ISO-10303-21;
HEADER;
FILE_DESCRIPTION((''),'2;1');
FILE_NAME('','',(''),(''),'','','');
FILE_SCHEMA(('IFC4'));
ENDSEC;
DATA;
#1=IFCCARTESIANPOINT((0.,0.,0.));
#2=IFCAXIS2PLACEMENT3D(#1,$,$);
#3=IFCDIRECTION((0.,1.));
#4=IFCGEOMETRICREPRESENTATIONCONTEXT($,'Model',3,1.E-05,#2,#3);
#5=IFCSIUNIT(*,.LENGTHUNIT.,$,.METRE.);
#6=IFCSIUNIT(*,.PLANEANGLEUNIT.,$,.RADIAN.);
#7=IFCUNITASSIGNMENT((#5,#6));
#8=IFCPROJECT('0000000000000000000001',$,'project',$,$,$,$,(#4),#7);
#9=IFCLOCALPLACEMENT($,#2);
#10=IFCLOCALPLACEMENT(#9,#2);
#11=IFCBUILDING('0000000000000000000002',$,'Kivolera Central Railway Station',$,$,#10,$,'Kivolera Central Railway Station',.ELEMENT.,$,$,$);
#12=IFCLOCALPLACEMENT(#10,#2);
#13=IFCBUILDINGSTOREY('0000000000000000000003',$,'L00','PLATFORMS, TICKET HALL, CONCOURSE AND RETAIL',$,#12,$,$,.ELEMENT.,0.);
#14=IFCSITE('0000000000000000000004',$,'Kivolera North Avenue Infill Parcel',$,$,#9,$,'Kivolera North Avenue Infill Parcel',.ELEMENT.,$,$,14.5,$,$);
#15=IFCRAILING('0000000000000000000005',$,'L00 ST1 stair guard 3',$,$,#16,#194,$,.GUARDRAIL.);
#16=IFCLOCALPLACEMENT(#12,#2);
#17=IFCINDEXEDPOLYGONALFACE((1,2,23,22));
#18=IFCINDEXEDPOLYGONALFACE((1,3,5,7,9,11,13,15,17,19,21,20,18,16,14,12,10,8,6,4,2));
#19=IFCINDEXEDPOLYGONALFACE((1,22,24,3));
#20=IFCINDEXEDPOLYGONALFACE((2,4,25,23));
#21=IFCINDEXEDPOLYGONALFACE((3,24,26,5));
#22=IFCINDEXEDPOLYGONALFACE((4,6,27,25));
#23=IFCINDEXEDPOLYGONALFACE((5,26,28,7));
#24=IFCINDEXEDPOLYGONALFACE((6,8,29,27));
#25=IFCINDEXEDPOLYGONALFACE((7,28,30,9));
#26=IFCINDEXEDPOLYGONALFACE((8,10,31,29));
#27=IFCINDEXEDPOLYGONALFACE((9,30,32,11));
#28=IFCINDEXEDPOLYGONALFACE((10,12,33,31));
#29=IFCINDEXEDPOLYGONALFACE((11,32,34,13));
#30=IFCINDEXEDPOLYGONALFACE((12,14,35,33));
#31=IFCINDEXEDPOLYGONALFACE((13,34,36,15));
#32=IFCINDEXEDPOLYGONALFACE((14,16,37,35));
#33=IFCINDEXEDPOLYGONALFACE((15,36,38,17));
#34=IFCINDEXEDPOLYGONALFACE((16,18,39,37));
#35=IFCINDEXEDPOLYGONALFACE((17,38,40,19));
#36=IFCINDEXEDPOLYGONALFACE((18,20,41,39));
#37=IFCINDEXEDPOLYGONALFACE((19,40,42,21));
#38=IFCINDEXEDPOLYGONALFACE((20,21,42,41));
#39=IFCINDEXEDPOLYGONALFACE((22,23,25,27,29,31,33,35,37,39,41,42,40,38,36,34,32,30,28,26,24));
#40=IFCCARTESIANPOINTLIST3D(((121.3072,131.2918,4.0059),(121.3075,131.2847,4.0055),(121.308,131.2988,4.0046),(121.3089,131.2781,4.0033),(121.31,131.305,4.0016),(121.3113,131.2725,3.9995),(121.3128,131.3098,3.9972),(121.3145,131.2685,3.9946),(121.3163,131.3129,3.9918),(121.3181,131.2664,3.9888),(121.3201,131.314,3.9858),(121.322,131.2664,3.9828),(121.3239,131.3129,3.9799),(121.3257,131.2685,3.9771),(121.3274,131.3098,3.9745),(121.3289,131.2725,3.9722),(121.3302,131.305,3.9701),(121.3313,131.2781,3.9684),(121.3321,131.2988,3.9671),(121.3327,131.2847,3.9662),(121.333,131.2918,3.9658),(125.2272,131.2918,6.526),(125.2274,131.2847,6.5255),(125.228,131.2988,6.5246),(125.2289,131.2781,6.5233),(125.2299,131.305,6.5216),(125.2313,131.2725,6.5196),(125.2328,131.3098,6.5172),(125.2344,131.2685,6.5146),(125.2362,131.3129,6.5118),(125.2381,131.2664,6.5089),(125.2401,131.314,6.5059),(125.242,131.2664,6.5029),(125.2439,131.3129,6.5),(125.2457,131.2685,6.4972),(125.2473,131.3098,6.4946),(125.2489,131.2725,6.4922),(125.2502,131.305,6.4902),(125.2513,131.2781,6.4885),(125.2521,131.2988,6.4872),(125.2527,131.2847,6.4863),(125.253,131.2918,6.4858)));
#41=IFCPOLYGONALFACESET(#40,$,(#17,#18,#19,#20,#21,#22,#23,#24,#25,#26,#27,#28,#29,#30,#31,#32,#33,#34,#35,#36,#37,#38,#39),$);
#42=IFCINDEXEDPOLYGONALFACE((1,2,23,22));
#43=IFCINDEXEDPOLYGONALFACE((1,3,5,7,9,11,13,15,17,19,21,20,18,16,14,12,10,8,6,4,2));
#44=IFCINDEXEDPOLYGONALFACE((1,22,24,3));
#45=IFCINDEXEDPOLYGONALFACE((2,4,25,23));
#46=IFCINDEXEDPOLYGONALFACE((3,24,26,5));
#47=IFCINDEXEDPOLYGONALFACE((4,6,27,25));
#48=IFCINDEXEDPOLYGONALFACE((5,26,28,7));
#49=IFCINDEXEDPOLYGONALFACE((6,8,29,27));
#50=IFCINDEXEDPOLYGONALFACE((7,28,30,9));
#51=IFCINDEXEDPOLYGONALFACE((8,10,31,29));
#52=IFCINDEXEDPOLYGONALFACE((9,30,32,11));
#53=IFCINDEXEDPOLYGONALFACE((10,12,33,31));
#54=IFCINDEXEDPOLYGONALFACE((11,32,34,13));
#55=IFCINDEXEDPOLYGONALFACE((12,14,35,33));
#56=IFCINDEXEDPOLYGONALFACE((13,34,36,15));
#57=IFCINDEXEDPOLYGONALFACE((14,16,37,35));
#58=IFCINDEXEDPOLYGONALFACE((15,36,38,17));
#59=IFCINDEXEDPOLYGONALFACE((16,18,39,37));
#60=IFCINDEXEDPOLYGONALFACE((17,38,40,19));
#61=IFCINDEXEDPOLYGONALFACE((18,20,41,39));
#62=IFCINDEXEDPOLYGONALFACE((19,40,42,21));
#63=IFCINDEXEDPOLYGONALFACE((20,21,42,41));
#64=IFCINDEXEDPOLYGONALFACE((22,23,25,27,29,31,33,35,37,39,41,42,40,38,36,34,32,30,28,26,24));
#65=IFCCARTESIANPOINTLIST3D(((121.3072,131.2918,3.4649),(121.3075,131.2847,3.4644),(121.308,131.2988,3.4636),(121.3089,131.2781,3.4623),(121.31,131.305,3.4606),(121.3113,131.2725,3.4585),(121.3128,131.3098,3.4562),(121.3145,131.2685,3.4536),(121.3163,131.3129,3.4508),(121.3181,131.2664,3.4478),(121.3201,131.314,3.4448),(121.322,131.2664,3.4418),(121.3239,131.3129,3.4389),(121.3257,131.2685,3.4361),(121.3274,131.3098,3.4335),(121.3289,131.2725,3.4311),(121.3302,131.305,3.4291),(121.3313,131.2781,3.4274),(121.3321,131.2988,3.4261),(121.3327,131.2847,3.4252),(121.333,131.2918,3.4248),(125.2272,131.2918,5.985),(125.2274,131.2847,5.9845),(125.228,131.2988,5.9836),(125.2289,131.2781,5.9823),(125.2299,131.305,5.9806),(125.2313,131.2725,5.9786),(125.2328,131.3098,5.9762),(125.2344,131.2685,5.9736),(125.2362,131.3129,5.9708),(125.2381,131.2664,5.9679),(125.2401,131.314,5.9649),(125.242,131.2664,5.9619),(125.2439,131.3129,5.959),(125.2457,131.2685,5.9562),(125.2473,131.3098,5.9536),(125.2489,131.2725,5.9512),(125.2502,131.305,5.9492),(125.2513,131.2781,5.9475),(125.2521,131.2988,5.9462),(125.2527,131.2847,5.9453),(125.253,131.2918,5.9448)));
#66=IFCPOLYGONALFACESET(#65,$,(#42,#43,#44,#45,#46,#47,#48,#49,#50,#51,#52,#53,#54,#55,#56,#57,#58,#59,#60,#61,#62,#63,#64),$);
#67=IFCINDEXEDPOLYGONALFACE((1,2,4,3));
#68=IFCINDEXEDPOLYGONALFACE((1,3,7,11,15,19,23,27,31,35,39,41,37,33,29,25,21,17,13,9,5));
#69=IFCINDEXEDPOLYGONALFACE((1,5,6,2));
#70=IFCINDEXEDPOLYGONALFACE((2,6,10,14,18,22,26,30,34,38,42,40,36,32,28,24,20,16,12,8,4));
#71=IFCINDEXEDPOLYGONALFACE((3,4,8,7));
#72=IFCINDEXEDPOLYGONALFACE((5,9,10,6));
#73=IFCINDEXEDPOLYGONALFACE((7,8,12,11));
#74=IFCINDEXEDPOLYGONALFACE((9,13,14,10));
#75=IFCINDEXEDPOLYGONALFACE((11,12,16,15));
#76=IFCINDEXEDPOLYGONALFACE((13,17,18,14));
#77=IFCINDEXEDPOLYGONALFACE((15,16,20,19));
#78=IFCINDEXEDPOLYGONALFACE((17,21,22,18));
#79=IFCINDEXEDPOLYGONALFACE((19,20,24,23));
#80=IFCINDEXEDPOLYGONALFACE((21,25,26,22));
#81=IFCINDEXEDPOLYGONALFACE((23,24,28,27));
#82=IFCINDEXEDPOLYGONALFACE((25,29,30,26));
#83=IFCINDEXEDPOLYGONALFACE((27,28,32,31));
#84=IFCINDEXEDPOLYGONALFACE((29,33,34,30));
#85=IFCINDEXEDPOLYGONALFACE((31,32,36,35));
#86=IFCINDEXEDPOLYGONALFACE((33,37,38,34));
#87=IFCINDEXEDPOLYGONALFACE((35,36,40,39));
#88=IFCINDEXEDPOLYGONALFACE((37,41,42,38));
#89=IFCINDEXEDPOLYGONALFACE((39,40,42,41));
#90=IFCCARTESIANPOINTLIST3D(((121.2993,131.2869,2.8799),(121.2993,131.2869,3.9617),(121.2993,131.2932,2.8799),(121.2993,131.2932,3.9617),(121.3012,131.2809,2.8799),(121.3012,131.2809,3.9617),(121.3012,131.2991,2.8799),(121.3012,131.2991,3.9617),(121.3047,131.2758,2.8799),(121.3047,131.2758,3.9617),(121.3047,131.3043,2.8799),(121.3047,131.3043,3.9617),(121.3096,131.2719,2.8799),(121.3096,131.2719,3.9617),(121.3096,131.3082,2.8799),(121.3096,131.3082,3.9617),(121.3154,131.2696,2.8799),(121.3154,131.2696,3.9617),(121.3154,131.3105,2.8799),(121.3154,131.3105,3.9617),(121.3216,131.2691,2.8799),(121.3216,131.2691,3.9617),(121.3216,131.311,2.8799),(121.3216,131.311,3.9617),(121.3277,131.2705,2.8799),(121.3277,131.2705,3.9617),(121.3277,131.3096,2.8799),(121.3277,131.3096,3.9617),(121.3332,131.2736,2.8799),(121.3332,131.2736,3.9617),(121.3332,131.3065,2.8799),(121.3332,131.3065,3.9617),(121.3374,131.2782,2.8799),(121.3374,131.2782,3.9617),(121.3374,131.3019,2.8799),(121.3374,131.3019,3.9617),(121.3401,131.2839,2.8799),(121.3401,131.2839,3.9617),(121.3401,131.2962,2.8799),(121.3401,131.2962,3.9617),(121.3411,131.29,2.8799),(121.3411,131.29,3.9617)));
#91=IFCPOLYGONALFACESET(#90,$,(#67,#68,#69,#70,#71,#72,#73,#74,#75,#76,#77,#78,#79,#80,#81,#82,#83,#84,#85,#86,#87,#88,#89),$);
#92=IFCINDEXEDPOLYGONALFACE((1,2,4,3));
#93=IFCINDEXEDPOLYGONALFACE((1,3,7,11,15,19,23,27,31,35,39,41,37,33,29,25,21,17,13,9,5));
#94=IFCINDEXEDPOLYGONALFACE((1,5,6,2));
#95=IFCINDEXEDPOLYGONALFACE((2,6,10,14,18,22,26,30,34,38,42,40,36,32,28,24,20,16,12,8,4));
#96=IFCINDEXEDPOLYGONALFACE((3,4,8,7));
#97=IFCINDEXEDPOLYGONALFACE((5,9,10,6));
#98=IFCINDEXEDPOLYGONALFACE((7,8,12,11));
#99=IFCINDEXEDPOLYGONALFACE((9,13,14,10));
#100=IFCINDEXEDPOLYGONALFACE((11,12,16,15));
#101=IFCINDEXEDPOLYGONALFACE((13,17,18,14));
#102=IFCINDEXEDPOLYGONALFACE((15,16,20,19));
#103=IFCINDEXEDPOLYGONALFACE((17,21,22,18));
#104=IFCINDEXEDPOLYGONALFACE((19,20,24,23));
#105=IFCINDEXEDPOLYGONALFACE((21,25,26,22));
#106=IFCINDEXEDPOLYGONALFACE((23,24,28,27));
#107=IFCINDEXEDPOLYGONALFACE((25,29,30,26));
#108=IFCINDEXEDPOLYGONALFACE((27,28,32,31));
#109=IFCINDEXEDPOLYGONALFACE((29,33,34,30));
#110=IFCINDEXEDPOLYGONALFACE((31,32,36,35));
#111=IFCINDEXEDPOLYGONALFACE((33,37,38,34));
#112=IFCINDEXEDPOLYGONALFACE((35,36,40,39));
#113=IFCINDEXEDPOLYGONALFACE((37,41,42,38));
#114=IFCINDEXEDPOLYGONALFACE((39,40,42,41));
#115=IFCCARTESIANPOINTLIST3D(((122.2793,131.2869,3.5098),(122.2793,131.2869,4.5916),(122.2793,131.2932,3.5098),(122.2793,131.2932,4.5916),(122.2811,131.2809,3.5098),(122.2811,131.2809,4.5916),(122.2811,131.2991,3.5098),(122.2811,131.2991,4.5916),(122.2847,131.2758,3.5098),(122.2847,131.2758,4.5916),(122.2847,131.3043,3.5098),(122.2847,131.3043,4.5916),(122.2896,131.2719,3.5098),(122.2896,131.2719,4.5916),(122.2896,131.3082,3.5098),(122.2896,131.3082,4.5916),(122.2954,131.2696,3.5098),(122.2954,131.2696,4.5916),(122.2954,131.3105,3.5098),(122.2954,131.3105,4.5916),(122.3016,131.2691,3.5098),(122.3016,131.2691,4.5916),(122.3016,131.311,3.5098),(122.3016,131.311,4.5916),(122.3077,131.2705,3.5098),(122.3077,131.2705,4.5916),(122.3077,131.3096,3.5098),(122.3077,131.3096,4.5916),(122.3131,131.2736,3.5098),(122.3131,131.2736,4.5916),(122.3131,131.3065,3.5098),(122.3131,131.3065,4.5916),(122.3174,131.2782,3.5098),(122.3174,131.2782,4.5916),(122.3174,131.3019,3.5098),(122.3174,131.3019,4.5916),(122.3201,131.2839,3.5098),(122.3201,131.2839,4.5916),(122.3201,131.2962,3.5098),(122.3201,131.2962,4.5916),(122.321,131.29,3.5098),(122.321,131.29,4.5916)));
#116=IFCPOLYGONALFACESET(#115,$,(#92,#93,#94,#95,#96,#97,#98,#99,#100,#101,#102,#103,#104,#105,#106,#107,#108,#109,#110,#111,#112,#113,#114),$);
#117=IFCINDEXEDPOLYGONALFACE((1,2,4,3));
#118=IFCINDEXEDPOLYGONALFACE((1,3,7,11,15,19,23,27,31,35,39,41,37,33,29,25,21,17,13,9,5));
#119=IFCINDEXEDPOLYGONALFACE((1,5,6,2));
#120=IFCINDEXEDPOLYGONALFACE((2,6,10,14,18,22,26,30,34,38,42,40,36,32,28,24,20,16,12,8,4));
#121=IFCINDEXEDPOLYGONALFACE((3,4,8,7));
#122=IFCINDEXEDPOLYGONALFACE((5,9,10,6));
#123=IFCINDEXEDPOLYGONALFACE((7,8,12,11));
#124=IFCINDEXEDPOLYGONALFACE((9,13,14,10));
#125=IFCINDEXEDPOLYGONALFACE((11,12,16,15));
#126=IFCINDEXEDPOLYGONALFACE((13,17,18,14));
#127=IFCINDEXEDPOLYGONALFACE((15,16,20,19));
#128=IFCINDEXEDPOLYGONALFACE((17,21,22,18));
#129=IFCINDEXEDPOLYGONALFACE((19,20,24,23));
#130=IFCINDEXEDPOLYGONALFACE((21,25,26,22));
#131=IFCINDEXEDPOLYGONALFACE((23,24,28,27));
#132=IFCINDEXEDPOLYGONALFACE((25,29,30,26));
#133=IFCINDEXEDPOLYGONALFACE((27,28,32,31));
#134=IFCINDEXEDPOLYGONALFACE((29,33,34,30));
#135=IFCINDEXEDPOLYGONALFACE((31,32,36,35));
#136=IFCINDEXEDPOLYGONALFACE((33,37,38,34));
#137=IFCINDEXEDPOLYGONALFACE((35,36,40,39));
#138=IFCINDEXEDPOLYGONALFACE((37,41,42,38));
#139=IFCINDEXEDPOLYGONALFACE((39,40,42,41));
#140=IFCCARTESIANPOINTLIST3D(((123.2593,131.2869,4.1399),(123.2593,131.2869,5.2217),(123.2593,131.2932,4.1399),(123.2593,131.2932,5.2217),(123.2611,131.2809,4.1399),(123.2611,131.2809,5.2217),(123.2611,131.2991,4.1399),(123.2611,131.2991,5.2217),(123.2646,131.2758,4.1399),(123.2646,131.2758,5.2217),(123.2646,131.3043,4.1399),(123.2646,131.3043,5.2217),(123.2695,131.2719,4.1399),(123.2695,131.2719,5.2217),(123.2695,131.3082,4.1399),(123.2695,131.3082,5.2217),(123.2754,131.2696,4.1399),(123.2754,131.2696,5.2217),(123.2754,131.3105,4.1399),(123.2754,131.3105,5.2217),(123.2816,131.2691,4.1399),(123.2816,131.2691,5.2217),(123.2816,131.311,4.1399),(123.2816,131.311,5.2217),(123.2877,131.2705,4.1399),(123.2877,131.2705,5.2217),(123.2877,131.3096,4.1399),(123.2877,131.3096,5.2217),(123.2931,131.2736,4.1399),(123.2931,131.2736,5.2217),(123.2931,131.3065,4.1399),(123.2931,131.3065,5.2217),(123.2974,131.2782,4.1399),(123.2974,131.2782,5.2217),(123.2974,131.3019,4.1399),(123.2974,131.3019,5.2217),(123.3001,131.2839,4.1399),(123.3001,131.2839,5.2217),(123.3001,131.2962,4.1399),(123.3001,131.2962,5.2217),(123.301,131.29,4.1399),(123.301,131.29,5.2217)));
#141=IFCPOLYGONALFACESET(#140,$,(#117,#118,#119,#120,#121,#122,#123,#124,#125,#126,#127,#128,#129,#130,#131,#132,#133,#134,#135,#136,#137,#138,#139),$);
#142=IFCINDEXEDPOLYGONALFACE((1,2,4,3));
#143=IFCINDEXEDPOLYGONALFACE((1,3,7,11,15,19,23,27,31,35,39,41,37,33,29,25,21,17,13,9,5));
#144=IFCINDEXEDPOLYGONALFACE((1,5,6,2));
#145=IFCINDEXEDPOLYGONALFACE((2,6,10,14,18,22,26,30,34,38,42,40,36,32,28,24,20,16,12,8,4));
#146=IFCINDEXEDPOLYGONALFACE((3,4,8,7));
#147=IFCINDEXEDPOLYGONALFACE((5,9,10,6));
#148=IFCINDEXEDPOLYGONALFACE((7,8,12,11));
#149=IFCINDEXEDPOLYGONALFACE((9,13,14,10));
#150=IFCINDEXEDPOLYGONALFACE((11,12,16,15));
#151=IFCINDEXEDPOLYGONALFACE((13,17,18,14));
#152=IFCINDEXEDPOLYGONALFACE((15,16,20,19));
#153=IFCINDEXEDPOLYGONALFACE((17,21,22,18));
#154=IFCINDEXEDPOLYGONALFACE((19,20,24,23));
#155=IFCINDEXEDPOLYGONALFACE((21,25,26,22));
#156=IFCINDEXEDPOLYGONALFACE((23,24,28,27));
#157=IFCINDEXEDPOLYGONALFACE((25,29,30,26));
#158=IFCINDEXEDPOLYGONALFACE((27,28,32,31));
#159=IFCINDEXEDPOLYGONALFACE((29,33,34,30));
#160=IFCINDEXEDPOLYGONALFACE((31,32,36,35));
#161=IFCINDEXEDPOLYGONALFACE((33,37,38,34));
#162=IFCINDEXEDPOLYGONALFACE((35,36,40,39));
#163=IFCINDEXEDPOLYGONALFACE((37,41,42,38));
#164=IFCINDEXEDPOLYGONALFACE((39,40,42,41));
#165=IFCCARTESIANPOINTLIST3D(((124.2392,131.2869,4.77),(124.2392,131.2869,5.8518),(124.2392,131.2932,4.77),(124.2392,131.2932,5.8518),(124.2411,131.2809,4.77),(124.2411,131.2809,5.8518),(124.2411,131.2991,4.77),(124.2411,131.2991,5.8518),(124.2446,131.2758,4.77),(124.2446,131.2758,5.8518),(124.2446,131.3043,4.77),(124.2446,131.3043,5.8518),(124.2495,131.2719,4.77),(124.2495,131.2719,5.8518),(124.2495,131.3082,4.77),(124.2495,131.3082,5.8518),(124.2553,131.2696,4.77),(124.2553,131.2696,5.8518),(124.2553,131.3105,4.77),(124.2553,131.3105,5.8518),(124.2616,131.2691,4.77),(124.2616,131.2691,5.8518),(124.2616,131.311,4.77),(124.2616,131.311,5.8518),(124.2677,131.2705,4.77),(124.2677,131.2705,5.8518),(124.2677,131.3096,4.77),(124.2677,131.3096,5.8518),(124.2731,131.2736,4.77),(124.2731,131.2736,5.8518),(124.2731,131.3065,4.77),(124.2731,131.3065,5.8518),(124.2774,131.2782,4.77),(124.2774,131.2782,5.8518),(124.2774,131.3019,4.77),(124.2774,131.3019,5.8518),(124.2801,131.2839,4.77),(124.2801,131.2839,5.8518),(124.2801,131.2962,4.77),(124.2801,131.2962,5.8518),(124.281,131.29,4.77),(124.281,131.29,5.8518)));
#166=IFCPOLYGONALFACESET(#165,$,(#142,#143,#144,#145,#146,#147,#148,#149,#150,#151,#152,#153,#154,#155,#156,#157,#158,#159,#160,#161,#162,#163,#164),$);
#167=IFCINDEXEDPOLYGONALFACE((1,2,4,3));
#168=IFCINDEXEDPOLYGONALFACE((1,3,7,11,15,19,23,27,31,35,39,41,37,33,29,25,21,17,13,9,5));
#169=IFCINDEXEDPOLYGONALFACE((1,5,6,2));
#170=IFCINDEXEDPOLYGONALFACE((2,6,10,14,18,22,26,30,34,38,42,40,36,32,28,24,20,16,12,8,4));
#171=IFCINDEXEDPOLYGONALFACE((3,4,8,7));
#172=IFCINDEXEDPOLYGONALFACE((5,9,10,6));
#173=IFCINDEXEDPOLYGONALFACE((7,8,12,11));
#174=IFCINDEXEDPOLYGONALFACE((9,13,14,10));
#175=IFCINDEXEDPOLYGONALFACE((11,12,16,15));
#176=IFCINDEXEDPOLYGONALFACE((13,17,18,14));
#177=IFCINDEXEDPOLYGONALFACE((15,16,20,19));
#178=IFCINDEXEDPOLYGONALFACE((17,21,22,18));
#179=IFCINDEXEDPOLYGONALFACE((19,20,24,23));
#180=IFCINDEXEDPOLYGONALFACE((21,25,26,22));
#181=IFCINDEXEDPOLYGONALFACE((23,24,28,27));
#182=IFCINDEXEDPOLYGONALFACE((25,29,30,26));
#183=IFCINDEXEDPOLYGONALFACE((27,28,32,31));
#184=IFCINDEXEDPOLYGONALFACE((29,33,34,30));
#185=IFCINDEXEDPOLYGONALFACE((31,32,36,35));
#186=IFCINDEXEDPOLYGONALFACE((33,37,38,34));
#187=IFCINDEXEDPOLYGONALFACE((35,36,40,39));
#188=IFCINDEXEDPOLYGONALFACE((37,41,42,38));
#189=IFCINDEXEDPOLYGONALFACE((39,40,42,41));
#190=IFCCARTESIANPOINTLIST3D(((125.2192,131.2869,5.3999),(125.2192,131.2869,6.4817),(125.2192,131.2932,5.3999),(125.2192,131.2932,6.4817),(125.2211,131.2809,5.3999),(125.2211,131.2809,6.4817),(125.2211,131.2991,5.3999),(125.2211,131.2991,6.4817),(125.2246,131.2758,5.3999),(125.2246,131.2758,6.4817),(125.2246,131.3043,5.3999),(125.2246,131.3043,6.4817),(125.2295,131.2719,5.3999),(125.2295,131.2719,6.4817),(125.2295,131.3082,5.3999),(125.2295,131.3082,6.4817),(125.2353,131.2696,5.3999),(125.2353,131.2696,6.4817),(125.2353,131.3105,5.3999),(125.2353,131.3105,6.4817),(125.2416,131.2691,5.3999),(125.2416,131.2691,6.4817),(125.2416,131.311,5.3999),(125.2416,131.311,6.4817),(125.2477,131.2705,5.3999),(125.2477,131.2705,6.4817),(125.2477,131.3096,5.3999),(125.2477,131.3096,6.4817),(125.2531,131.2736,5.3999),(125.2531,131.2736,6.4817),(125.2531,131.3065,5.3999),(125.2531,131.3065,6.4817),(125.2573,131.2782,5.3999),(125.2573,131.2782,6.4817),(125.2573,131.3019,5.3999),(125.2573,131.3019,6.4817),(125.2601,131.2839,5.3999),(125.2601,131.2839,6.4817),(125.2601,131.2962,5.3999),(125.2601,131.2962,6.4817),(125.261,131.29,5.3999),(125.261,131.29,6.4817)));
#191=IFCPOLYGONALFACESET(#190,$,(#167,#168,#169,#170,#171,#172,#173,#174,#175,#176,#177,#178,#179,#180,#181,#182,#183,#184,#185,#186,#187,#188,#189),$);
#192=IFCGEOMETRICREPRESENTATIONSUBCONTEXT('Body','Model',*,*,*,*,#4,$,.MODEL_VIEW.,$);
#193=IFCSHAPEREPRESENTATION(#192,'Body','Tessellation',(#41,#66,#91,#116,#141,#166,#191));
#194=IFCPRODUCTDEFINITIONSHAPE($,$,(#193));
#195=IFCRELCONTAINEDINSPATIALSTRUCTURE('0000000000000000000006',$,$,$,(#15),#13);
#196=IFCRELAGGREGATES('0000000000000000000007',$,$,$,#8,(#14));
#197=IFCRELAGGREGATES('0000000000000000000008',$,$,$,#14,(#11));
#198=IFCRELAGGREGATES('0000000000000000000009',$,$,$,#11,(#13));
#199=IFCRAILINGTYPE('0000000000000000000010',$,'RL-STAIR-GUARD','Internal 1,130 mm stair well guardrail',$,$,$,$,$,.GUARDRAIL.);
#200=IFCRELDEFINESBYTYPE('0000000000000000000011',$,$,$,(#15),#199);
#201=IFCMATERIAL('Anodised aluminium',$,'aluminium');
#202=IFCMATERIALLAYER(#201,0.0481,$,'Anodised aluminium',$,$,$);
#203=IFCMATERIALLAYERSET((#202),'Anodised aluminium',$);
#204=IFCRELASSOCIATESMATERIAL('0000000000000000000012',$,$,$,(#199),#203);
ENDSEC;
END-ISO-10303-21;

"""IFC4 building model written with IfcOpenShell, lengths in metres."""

from ifc_helpers import new_model, si_unit, direction, frame, origin, origin_2d, place, context, subcontext, project, spatial, circle, extrude, material, layer, layer_set, type_object, element, save


model = new_model("IFC4")

# Units and contexts
model_context = context("Model", 3, precision=1e-05, world=origin(), true_north=direction((0.0, 1.0)))
body_context = subcontext(model_context, "Body", "Model", "MODEL_VIEW")
ifc_project = project(units=[si_unit("LENGTHUNIT", "METRE"), si_unit("PLANEANGLEUNIT", "RADIAN")], contexts=[model_context])

# Site, building, storey
site_placement = place(None, origin())
site = spatial("IfcSite", under=ifc_project, at=site_placement, Name="Kivolera North Avenue Infill Parcel", LongName="Kivolera North Avenue Infill Parcel", CompositionType="ELEMENT", RefElevation=14.5)
building_placement = place(site_placement, origin())
building = spatial("IfcBuilding", under=site, at=building_placement, Name="Kivolera Central Railway Station", LongName="Kivolera Central Railway Station", CompositionType="ELEMENT")
storey_placement = place(building_placement, origin())
storey = spatial("IfcBuildingStorey", under=building, at=storey_placement, Name="L00", Description="PLATFORMS, TICKET HALL, CONCOURSE AND RETAIL", CompositionType="ELEMENT", Elevation=0.0)

# Shared definitions
ifc_material_1 = material(Name="Anodised aluminium", Category="aluminium")

# Railing
ifc_layer_1 = layer(ifc_material_1, 0.0481, Name="Anodised aluminium")
ifc_layer_set_1 = layer_set([ifc_layer_1], Name="Anodised aluminium")
railing_type_1 = type_object("IfcRailingType", Name="RL-STAIR-GUARD", Description="Internal 1,130 mm stair well guardrail", PredefinedType="GUARDRAIL", material=ifc_layer_set_1)
railing_1_placement = place(storey_placement, frame((121.3201, 131.29, 2.8799)))
element("IfcRailing", 1, at=railing_1_placement, inside=storey, type_object=railing_type_1, Name="L00 ST1 stair guard 3", PredefinedType="GUARDRAIL", context=body_context, shape_type="SweptSolid", body=[
    extrude(circle(Radius=0.0239, at=origin_2d()), frame((0.0, 0.0, 1.106), z_axis=(0.841172, 0.0, 0.540768), x_axis=(0.0, 1.0, 0.0)), (0.0, 0.0, 1.0), 4.6602),
    extrude(circle(Radius=0.0239, at=origin_2d()), frame((0.0, 0.0, 0.5649), z_axis=(0.841172, 0.0, 0.540768), x_axis=(0.0, 1.0, 0.0)), (0.0, 0.0, 1.0), 4.6602),
    extrude(circle(Radius=0.021, at=origin_2d()), origin(), (0.0, 0.0, 1.0), 1.0818),
    extrude(circle(Radius=0.021, at=origin_2d()), frame((0.98, 0.0, 0.6299)), (0.0, 0.0, 1.0), 1.0818),
    extrude(circle(Radius=0.021, at=origin_2d()), frame((1.96, 0.0, 1.26)), (0.0, 0.0, 1.0), 1.0818),
    extrude(circle(Radius=0.021, at=origin_2d()), frame((2.9399, 0.0, 1.8901)), (0.0, 0.0, 1.0), 1.0818),
    extrude(circle(Radius=0.021, at=origin_2d()), frame((3.9199, 0.0, 2.52)), (0.0, 0.0, 1.0), 1.0818),
])

save(model, "model.ifc")
